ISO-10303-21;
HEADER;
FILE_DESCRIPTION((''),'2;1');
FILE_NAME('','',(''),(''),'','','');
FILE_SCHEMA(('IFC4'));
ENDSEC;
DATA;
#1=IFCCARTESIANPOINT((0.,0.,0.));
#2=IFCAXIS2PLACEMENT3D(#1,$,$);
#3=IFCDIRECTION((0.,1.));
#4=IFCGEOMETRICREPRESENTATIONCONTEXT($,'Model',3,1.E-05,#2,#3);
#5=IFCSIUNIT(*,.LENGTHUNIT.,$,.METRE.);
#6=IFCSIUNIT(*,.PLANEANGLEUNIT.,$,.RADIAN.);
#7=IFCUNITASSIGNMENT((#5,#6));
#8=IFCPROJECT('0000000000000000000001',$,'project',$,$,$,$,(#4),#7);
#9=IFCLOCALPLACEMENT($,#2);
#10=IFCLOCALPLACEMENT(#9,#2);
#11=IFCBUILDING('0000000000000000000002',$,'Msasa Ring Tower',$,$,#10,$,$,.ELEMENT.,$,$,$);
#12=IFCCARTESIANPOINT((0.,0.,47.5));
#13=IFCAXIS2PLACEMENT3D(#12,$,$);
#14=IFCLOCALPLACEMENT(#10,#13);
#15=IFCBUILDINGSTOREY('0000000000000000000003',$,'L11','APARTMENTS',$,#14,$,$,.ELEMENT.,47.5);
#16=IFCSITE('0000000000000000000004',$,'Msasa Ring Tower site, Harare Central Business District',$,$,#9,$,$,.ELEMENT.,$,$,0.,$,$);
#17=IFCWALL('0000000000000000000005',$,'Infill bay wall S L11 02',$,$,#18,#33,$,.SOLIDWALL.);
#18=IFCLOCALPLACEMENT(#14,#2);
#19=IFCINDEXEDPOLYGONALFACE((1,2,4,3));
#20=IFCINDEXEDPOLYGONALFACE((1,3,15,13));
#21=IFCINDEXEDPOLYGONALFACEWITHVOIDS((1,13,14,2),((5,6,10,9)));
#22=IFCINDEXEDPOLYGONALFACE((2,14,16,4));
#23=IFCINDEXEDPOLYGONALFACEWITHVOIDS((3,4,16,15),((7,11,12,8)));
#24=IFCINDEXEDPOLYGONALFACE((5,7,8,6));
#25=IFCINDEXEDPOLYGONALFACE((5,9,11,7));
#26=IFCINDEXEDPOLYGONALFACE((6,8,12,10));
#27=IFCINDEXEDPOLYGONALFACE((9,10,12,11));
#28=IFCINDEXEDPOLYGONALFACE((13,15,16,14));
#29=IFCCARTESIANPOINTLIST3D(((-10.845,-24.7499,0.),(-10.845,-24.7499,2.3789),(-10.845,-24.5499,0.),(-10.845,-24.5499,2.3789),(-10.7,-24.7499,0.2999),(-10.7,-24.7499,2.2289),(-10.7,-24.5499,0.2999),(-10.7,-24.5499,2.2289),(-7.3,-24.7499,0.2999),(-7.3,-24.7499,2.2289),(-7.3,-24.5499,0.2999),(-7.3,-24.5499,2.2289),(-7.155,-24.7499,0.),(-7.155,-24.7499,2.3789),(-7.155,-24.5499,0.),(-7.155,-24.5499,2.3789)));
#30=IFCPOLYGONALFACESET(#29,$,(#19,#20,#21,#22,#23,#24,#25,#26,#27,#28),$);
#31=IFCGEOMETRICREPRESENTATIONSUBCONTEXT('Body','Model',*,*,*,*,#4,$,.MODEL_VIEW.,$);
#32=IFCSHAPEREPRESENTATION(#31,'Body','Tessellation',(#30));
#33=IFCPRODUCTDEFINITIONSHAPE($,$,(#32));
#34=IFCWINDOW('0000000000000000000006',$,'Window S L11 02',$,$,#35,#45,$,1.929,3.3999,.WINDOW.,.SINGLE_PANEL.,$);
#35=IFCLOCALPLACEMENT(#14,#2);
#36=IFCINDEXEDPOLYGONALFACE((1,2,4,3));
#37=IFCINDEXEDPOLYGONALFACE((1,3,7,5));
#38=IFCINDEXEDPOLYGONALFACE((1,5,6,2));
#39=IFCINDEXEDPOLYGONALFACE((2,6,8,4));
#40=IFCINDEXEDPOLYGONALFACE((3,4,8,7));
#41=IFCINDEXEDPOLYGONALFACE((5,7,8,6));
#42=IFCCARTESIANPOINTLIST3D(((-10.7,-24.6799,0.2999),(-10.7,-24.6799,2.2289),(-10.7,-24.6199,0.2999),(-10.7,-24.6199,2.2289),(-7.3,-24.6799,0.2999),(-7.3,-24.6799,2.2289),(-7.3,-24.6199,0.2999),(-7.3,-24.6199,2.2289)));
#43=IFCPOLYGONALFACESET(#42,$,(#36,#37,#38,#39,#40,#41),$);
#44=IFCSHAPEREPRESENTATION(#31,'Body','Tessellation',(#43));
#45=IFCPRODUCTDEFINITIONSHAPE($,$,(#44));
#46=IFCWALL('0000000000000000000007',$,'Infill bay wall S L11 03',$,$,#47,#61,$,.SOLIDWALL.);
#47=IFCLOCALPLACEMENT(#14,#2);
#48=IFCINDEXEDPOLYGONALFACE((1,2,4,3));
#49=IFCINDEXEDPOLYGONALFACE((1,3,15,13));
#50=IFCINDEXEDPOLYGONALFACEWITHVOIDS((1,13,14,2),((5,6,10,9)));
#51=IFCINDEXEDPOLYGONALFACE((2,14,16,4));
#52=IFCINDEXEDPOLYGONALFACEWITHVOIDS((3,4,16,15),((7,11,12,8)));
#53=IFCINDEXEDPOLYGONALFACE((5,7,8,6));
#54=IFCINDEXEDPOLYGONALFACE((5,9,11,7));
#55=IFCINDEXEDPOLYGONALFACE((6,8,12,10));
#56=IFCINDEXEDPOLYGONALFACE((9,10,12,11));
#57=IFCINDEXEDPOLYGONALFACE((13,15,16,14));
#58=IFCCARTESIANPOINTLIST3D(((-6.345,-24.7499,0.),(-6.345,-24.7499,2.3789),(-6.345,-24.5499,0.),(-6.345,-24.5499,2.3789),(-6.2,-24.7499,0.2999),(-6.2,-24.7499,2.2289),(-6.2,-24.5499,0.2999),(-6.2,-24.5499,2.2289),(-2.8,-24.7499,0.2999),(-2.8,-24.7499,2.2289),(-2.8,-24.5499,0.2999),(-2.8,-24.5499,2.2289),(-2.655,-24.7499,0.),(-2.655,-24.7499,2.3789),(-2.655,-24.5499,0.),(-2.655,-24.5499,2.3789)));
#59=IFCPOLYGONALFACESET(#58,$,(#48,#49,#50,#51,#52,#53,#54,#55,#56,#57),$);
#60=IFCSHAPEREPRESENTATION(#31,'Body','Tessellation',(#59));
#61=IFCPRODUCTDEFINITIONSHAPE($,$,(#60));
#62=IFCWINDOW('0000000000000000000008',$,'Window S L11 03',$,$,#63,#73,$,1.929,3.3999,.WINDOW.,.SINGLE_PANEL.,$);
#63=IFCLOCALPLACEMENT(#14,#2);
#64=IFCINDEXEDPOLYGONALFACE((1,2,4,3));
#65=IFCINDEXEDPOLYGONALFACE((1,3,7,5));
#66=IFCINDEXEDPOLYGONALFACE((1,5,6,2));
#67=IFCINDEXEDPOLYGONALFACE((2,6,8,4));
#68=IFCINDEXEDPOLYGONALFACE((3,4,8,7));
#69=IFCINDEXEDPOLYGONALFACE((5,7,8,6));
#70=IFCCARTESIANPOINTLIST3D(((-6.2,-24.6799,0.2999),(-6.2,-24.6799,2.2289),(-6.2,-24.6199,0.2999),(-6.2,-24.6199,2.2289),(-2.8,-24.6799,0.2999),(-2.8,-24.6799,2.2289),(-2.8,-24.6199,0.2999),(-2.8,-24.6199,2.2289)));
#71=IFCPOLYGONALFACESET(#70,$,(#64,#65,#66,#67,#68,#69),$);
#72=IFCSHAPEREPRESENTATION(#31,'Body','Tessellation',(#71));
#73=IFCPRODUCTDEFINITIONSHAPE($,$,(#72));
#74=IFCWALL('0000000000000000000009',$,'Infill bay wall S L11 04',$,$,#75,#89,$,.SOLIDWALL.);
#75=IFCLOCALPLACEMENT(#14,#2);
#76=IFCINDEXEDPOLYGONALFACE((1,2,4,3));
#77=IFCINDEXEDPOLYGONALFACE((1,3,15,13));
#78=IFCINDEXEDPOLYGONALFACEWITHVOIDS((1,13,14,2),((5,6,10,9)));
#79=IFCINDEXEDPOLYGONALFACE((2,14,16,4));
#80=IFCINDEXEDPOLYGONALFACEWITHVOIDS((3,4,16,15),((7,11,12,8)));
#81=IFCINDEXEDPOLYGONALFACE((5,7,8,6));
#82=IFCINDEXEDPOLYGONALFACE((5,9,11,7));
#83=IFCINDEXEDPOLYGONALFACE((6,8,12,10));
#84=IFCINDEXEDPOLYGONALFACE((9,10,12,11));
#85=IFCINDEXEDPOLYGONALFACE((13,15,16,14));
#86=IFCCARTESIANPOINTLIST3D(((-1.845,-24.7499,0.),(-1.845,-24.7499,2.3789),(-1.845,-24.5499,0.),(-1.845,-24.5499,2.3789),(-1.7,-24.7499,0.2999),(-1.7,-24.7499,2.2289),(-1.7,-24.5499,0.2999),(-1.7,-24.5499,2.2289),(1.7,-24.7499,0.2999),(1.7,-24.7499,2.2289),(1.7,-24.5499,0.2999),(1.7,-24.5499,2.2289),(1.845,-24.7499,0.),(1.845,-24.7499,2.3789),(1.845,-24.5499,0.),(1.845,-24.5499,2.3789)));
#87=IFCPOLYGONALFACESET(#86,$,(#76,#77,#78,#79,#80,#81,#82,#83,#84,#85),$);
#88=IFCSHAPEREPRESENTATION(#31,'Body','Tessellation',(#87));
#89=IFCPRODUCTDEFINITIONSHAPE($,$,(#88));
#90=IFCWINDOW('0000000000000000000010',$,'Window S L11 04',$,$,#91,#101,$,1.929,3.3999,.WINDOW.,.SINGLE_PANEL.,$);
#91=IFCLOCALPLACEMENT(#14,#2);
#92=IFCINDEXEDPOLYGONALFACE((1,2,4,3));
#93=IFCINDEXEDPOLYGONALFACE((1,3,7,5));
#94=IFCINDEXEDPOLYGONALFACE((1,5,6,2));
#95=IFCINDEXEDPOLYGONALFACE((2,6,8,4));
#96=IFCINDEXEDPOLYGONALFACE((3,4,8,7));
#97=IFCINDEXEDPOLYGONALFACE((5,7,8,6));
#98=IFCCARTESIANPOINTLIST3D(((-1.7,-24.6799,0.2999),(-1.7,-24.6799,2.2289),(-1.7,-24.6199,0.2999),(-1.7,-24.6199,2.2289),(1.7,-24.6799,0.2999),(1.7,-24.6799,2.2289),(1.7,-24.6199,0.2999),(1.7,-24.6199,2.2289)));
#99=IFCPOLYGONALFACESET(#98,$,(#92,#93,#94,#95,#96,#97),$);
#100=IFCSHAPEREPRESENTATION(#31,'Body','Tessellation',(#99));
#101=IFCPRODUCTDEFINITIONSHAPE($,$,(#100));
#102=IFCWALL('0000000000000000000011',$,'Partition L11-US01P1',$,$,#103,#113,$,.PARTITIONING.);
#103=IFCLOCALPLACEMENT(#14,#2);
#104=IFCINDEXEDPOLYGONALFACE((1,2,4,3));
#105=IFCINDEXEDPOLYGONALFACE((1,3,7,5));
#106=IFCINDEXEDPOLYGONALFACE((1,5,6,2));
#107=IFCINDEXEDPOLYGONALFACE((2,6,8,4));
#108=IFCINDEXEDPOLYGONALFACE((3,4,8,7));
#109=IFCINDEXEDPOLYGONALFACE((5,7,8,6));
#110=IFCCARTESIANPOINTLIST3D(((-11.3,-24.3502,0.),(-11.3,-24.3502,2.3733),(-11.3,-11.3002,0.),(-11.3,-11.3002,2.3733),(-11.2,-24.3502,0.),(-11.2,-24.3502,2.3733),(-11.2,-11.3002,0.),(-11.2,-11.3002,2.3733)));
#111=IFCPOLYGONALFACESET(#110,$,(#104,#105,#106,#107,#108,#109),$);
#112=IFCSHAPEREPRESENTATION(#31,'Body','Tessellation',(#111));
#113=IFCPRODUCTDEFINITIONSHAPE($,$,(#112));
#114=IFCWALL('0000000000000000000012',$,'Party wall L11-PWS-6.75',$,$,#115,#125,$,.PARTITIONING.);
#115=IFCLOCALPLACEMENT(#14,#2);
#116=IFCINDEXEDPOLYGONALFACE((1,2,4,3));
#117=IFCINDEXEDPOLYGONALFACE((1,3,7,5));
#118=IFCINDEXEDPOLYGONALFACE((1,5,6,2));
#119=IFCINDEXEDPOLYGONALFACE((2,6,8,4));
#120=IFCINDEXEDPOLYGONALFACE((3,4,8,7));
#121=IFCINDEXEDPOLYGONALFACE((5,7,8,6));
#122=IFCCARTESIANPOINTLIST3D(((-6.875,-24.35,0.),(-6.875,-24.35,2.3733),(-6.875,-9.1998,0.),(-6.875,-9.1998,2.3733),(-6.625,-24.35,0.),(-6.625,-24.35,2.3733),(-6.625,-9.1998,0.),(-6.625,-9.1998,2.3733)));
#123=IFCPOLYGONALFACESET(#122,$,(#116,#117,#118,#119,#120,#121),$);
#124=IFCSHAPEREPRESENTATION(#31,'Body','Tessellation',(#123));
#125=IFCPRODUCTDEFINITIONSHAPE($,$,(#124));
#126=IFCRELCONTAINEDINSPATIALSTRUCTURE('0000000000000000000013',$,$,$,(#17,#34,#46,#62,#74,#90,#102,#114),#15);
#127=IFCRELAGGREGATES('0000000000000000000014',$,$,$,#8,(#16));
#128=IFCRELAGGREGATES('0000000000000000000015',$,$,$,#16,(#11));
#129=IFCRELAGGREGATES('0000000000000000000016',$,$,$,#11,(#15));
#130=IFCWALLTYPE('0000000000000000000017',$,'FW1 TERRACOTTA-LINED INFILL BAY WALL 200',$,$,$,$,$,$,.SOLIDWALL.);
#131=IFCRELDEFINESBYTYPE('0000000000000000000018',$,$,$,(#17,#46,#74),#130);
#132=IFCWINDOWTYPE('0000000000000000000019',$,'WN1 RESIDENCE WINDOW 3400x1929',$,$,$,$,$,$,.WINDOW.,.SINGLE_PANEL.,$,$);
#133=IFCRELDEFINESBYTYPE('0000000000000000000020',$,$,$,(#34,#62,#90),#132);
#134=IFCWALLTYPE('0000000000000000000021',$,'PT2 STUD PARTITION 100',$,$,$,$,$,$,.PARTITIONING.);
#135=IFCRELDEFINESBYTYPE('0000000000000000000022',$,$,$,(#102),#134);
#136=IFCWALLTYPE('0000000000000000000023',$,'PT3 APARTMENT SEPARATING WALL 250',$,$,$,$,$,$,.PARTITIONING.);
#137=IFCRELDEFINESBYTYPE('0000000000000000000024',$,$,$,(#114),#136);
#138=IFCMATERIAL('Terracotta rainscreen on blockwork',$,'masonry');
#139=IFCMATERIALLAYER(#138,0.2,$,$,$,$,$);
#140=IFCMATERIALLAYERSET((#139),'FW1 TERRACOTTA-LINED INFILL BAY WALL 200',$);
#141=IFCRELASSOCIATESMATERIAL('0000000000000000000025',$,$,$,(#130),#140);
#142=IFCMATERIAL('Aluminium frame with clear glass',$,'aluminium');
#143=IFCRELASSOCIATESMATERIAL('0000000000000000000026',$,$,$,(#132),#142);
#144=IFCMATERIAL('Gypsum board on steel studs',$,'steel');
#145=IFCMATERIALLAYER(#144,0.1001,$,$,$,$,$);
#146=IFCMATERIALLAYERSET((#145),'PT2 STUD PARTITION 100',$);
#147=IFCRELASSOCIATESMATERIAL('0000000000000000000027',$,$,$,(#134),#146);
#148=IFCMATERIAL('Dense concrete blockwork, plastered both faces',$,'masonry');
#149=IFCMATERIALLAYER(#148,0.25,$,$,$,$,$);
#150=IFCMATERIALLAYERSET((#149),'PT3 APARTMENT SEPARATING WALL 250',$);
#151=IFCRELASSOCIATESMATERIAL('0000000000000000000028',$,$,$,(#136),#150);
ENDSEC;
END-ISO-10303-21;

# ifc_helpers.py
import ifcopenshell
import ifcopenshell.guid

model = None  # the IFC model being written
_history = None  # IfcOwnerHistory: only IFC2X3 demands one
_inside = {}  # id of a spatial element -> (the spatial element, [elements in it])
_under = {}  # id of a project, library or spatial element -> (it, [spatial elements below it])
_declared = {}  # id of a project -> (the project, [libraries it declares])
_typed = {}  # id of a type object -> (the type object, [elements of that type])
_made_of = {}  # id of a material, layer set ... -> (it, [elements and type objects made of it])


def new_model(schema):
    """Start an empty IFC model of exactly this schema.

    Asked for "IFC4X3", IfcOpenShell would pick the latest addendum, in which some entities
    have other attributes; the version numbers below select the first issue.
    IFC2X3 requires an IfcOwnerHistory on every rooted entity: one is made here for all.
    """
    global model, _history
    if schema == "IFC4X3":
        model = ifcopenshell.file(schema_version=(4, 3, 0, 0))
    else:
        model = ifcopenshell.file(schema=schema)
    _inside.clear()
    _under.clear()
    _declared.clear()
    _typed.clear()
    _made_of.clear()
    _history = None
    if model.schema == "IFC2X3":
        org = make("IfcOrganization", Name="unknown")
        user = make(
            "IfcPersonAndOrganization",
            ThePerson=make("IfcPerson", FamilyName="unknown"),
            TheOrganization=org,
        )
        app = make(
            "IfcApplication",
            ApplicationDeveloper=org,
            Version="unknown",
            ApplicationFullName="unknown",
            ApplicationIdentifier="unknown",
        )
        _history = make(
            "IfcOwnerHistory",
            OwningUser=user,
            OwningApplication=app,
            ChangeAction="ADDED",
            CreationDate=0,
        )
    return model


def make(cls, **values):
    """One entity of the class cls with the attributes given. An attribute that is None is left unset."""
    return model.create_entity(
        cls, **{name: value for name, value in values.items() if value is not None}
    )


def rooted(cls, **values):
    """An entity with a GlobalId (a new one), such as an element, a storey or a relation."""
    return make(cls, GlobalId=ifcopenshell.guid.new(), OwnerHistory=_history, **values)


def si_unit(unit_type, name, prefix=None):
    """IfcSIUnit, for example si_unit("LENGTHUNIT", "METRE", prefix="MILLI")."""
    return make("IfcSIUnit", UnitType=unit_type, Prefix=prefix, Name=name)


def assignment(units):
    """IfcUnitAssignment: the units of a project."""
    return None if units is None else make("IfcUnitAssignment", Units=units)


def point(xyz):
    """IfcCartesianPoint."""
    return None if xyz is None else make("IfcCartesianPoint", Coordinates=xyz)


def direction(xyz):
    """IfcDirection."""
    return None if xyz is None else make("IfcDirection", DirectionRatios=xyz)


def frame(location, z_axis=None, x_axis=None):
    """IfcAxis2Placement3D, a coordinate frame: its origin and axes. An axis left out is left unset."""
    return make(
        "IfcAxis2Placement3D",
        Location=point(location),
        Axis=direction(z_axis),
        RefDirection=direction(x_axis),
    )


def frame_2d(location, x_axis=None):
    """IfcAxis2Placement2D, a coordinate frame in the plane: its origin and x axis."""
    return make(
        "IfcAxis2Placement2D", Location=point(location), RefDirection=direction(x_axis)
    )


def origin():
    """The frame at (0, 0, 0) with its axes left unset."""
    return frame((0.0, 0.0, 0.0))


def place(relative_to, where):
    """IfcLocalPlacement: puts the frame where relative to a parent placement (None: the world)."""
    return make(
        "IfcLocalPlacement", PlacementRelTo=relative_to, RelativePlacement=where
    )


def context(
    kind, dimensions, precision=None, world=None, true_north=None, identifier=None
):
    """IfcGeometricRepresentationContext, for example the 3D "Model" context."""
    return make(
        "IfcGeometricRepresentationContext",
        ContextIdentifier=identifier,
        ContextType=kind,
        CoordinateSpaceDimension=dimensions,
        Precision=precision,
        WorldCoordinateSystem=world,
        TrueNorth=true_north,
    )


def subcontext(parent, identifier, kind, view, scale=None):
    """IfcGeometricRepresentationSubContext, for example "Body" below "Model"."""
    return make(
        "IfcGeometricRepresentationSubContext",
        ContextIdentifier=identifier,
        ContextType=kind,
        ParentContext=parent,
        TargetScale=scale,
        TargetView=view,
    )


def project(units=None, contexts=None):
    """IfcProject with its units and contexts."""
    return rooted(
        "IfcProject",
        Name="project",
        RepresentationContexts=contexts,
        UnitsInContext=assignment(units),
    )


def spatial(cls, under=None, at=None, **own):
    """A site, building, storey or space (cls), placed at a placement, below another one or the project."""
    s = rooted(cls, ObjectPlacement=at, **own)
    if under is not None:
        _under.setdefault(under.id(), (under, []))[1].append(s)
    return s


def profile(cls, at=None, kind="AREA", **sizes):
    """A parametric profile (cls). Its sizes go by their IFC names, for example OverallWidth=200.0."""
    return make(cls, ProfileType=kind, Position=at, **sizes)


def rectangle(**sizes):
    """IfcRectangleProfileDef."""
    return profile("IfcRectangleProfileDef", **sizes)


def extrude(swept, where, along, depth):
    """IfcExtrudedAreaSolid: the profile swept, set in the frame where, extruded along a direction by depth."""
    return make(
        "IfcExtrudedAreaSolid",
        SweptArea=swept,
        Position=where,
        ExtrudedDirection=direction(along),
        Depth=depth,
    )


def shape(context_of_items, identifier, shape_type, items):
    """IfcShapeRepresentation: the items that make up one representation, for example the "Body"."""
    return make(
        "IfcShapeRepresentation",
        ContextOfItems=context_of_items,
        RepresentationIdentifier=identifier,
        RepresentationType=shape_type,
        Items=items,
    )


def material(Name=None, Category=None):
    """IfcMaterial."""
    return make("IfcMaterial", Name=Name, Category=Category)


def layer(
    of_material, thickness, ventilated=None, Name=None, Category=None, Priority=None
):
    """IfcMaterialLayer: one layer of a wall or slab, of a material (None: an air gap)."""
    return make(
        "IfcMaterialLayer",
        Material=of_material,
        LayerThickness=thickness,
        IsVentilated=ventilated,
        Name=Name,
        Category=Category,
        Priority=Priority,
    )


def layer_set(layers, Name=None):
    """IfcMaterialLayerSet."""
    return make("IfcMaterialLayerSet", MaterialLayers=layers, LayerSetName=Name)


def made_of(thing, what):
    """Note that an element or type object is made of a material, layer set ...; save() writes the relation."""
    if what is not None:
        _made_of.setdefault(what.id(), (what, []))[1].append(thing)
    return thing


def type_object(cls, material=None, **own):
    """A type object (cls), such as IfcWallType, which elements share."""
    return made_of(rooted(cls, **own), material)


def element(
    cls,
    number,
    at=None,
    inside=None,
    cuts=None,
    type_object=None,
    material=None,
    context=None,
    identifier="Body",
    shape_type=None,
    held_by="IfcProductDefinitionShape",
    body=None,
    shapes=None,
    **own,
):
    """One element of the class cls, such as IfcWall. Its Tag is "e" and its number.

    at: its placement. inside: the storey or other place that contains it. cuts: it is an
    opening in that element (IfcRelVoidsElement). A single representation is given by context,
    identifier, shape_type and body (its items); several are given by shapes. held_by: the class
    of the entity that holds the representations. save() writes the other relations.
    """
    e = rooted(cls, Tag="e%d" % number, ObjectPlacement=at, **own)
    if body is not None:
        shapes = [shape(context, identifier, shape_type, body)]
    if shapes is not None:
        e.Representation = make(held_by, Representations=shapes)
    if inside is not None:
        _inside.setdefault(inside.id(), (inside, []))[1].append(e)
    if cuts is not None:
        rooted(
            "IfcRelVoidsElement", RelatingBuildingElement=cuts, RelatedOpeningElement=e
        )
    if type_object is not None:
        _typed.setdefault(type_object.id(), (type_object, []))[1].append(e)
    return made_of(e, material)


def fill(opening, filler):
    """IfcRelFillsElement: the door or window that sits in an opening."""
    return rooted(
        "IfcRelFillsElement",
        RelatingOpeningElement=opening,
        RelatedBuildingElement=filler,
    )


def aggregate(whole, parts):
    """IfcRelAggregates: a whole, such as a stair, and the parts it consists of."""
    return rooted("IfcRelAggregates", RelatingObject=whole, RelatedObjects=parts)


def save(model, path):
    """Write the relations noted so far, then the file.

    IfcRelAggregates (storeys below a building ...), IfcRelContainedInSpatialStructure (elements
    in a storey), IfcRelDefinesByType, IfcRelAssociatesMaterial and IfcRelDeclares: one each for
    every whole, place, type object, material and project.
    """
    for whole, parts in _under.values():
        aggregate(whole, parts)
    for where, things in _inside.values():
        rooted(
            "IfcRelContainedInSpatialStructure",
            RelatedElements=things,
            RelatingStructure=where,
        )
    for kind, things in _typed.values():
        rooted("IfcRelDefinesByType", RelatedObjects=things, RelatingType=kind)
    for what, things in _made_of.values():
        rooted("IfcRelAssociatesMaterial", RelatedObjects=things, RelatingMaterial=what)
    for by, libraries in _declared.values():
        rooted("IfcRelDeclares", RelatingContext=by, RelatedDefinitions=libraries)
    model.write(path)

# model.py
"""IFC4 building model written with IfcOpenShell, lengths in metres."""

from ifc_helpers import new_model, si_unit, direction, frame, frame_2d, origin, place, context, subcontext, project, spatial, rectangle, extrude, material, layer, layer_set, type_object, element, fill, save


model = new_model("IFC4")

# Units and contexts
model_context = context("Model", 3, precision=1e-05, world=origin(), true_north=direction((0.0, 1.0)))
body_context = subcontext(model_context, "Body", "Model", "MODEL_VIEW")
ifc_project = project(units=[si_unit("LENGTHUNIT", "METRE"), si_unit("PLANEANGLEUNIT", "RADIAN")], contexts=[model_context])

# Site, building, storey
site_placement = place(None, origin())
site = spatial("IfcSite", under=ifc_project, at=site_placement, Name="Msasa Ring Tower site, Harare Central Business District", CompositionType="ELEMENT", RefElevation=0.0)
building_placement = place(site_placement, origin())
building = spatial("IfcBuilding", under=site, at=building_placement, Name="Msasa Ring Tower", CompositionType="ELEMENT")
storey_placement = place(building_placement, frame((0.0, 0.0, 47.5)))
storey = spatial("IfcBuildingStorey", under=building, at=storey_placement, Name="L11", Description="APARTMENTS", CompositionType="ELEMENT", Elevation=47.5)

# Walls, openings, windows
ifc_material_1 = material(Name="Terracotta rainscreen on blockwork", Category="masonry")
ifc_layer_1 = layer(ifc_material_1, 0.2)
ifc_layer_set_1 = layer_set([ifc_layer_1], Name="FW1 TERRACOTTA-LINED INFILL BAY WALL 200")
wall_type_1 = type_object("IfcWallType", Name="FW1 TERRACOTTA-LINED INFILL BAY WALL 200", PredefinedType="SOLIDWALL", material=ifc_layer_set_1)
ifc_material_2 = material(Name="Aluminium frame with clear glass", Category="aluminium")
window_type = type_object("IfcWindowType", Name="WN1 RESIDENCE WINDOW 3400x1929", PartitioningType="SINGLE_PANEL", PredefinedType="WINDOW", material=ifc_material_2)
wall_1_placement = place(storey_placement, frame((-10.845, -24.6499, 0.0), z_axis=(0.0, 0.0, 1.0), x_axis=(1.0, 0.0, 0.0)))
wall_1 = element("IfcWall", 1, at=wall_1_placement, inside=storey, type_object=wall_type_1, Name="Infill bay wall S L11 02", PredefinedType="SOLIDWALL", context=body_context, shape_type="SweptSolid", body=[
    extrude(rectangle(XDim=3.6899, YDim=0.2, at=frame_2d((1.845, 0.0))), origin(), (0.0, 0.0, 1.0), 2.3789),
])
opening_1_placement = place(wall_1_placement, frame((0.145, 0.0, 0.3)))
opening_1 = element("IfcOpeningElement", 2, at=opening_1_placement, cuts=wall_1, PredefinedType="OPENING", context=body_context, shape_type="SweptSolid", body=[
    extrude(rectangle(XDim=3.3999, YDim=1.929, at=frame_2d((1.7, 0.9644))), frame((0.0, 0.1099, 0.0), z_axis=(0.0, -1.0, 0.0), x_axis=(1.0, 0.0, 0.0)), (0.0, 0.0, 1.0), 0.22),
])
window_1_placement = place(opening_1_placement, origin())
window_1 = element("IfcWindow", 3, at=window_1_placement, inside=storey, type_object=window_type, Name="Window S L11 02", OverallHeight=1.929, OverallWidth=3.3999, PartitioningType="SINGLE_PANEL", PredefinedType="WINDOW", context=body_context, shape_type="SweptSolid", body=[
    extrude(rectangle(XDim=3.3999, YDim=1.929, at=frame_2d((1.7, 0.9644))), frame((0.0, 0.03, 0.0), z_axis=(0.0, -1.0, 0.0), x_axis=(1.0, 0.0, 0.0)), (0.0, 0.0, 1.0), 0.0601),
])
fill(opening_1, window_1)
wall_2_placement = place(storey_placement, frame((-6.345, -24.6499, 0.0), z_axis=(0.0, 0.0, 1.0), x_axis=(1.0, 0.0, 0.0)))
wall_2 = element("IfcWall", 4, at=wall_2_placement, inside=storey, type_object=wall_type_1, Name="Infill bay wall S L11 03", PredefinedType="SOLIDWALL", context=body_context, shape_type="SweptSolid", body=[
    extrude(rectangle(XDim=3.6899, YDim=0.2, at=frame_2d((1.845, 0.0))), origin(), (0.0, 0.0, 1.0), 2.3789),
])
opening_2_placement = place(wall_2_placement, frame((0.145, 0.0, 0.3)))
opening_2 = element("IfcOpeningElement", 5, at=opening_2_placement, cuts=wall_2, PredefinedType="OPENING", context=body_context, shape_type="SweptSolid", body=[
    extrude(rectangle(XDim=3.3999, YDim=1.929, at=frame_2d((1.7, 0.9644))), frame((0.0, 0.1099, 0.0), z_axis=(0.0, -1.0, 0.0), x_axis=(1.0, 0.0, 0.0)), (0.0, 0.0, 1.0), 0.22),
])
window_2_placement = place(opening_2_placement, origin())
window_2 = element("IfcWindow", 6, at=window_2_placement, inside=storey, type_object=window_type, Name="Window S L11 03", OverallHeight=1.929, OverallWidth=3.3999, PartitioningType="SINGLE_PANEL", PredefinedType="WINDOW", context=body_context, shape_type="SweptSolid", body=[
    extrude(rectangle(XDim=3.3999, YDim=1.929, at=frame_2d((1.7, 0.9644))), frame((0.0, 0.03, 0.0), z_axis=(0.0, -1.0, 0.0), x_axis=(1.0, 0.0, 0.0)), (0.0, 0.0, 1.0), 0.0601),
])
fill(opening_2, window_2)
wall_3_placement = place(storey_placement, frame((-1.845, -24.6499, 0.0), z_axis=(0.0, 0.0, 1.0), x_axis=(1.0, 0.0, 0.0)))
wall_3 = element("IfcWall", 7, at=wall_3_placement, inside=storey, type_object=wall_type_1, Name="Infill bay wall S L11 04", PredefinedType="SOLIDWALL", context=body_context, shape_type="SweptSolid", body=[
    extrude(rectangle(XDim=3.6899, YDim=0.2, at=frame_2d((1.845, 0.0))), origin(), (0.0, 0.0, 1.0), 2.3789),
])
opening_3_placement = place(wall_3_placement, frame((0.145, 0.0, 0.3)))
opening_3 = element("IfcOpeningElement", 8, at=opening_3_placement, cuts=wall_3, PredefinedType="OPENING", context=body_context, shape_type="SweptSolid", body=[
    extrude(rectangle(XDim=3.3999, YDim=1.929, at=frame_2d((1.7, 0.9644))), frame((0.0, 0.1099, 0.0), z_axis=(0.0, -1.0, 0.0), x_axis=(1.0, 0.0, 0.0)), (0.0, 0.0, 1.0), 0.22),
])
window_3_placement = place(opening_3_placement, origin())
window_3 = element("IfcWindow", 9, at=window_3_placement, inside=storey, type_object=window_type, Name="Window S L11 04", OverallHeight=1.929, OverallWidth=3.3999, PartitioningType="SINGLE_PANEL", PredefinedType="WINDOW", context=body_context, shape_type="SweptSolid", body=[
    extrude(rectangle(XDim=3.3999, YDim=1.929, at=frame_2d((1.7, 0.9644))), frame((0.0, 0.03, 0.0), z_axis=(0.0, -1.0, 0.0), x_axis=(1.0, 0.0, 0.0)), (0.0, 0.0, 1.0), 0.0601),
])
fill(opening_3, window_3)

# Walls
ifc_material_3 = material(Name="Gypsum board on steel studs", Category="steel")
ifc_layer_2 = layer(ifc_material_3, 0.1001)
ifc_layer_set_2 = layer_set([ifc_layer_2], Name="PT2 STUD PARTITION 100")
wall_type_2 = type_object("IfcWallType", Name="PT2 STUD PARTITION 100", PredefinedType="PARTITIONING", material=ifc_layer_set_2)
wall_4_placement = place(storey_placement, frame((-11.25, -24.3501, 0.0), z_axis=(0.0, 0.0, 1.0), x_axis=(0.0, 1.0, 0.0)))
element("IfcWall", 10, at=wall_4_placement, inside=storey, type_object=wall_type_2, Name="Partition L11-US01P1", PredefinedType="PARTITIONING", context=body_context, shape_type="SweptSolid", body=[
    extrude(rectangle(XDim=13.05, YDim=0.1001, at=frame_2d((6.5249, 0.0))), origin(), (0.0, 0.0, 1.0), 2.3733),
])
ifc_material_4 = material(Name="Dense concrete blockwork, plastered both faces", Category="masonry")
ifc_layer_3 = layer(ifc_material_4, 0.25)
ifc_layer_set_3 = layer_set([ifc_layer_3], Name="PT3 APARTMENT SEPARATING WALL 250")
wall_type_3 = type_object("IfcWallType", Name="PT3 APARTMENT SEPARATING WALL 250", PredefinedType="PARTITIONING", material=ifc_layer_set_3)
wall_5_placement = place(storey_placement, frame((-6.75, -24.3501, 0.0), z_axis=(0.0, 0.0, 1.0), x_axis=(0.0, 1.0, 0.0)))
element("IfcWall", 11, at=wall_5_placement, inside=storey, type_object=wall_type_3, Name="Party wall L11-PWS-6.75", PredefinedType="PARTITIONING", context=body_context, shape_type="SweptSolid", body=[
    extrude(rectangle(XDim=15.1501, YDim=0.25, at=frame_2d((7.5752, 0.0))), origin(), (0.0, 0.0, 1.0), 2.3733),
])

save(model, "model.ifc")
